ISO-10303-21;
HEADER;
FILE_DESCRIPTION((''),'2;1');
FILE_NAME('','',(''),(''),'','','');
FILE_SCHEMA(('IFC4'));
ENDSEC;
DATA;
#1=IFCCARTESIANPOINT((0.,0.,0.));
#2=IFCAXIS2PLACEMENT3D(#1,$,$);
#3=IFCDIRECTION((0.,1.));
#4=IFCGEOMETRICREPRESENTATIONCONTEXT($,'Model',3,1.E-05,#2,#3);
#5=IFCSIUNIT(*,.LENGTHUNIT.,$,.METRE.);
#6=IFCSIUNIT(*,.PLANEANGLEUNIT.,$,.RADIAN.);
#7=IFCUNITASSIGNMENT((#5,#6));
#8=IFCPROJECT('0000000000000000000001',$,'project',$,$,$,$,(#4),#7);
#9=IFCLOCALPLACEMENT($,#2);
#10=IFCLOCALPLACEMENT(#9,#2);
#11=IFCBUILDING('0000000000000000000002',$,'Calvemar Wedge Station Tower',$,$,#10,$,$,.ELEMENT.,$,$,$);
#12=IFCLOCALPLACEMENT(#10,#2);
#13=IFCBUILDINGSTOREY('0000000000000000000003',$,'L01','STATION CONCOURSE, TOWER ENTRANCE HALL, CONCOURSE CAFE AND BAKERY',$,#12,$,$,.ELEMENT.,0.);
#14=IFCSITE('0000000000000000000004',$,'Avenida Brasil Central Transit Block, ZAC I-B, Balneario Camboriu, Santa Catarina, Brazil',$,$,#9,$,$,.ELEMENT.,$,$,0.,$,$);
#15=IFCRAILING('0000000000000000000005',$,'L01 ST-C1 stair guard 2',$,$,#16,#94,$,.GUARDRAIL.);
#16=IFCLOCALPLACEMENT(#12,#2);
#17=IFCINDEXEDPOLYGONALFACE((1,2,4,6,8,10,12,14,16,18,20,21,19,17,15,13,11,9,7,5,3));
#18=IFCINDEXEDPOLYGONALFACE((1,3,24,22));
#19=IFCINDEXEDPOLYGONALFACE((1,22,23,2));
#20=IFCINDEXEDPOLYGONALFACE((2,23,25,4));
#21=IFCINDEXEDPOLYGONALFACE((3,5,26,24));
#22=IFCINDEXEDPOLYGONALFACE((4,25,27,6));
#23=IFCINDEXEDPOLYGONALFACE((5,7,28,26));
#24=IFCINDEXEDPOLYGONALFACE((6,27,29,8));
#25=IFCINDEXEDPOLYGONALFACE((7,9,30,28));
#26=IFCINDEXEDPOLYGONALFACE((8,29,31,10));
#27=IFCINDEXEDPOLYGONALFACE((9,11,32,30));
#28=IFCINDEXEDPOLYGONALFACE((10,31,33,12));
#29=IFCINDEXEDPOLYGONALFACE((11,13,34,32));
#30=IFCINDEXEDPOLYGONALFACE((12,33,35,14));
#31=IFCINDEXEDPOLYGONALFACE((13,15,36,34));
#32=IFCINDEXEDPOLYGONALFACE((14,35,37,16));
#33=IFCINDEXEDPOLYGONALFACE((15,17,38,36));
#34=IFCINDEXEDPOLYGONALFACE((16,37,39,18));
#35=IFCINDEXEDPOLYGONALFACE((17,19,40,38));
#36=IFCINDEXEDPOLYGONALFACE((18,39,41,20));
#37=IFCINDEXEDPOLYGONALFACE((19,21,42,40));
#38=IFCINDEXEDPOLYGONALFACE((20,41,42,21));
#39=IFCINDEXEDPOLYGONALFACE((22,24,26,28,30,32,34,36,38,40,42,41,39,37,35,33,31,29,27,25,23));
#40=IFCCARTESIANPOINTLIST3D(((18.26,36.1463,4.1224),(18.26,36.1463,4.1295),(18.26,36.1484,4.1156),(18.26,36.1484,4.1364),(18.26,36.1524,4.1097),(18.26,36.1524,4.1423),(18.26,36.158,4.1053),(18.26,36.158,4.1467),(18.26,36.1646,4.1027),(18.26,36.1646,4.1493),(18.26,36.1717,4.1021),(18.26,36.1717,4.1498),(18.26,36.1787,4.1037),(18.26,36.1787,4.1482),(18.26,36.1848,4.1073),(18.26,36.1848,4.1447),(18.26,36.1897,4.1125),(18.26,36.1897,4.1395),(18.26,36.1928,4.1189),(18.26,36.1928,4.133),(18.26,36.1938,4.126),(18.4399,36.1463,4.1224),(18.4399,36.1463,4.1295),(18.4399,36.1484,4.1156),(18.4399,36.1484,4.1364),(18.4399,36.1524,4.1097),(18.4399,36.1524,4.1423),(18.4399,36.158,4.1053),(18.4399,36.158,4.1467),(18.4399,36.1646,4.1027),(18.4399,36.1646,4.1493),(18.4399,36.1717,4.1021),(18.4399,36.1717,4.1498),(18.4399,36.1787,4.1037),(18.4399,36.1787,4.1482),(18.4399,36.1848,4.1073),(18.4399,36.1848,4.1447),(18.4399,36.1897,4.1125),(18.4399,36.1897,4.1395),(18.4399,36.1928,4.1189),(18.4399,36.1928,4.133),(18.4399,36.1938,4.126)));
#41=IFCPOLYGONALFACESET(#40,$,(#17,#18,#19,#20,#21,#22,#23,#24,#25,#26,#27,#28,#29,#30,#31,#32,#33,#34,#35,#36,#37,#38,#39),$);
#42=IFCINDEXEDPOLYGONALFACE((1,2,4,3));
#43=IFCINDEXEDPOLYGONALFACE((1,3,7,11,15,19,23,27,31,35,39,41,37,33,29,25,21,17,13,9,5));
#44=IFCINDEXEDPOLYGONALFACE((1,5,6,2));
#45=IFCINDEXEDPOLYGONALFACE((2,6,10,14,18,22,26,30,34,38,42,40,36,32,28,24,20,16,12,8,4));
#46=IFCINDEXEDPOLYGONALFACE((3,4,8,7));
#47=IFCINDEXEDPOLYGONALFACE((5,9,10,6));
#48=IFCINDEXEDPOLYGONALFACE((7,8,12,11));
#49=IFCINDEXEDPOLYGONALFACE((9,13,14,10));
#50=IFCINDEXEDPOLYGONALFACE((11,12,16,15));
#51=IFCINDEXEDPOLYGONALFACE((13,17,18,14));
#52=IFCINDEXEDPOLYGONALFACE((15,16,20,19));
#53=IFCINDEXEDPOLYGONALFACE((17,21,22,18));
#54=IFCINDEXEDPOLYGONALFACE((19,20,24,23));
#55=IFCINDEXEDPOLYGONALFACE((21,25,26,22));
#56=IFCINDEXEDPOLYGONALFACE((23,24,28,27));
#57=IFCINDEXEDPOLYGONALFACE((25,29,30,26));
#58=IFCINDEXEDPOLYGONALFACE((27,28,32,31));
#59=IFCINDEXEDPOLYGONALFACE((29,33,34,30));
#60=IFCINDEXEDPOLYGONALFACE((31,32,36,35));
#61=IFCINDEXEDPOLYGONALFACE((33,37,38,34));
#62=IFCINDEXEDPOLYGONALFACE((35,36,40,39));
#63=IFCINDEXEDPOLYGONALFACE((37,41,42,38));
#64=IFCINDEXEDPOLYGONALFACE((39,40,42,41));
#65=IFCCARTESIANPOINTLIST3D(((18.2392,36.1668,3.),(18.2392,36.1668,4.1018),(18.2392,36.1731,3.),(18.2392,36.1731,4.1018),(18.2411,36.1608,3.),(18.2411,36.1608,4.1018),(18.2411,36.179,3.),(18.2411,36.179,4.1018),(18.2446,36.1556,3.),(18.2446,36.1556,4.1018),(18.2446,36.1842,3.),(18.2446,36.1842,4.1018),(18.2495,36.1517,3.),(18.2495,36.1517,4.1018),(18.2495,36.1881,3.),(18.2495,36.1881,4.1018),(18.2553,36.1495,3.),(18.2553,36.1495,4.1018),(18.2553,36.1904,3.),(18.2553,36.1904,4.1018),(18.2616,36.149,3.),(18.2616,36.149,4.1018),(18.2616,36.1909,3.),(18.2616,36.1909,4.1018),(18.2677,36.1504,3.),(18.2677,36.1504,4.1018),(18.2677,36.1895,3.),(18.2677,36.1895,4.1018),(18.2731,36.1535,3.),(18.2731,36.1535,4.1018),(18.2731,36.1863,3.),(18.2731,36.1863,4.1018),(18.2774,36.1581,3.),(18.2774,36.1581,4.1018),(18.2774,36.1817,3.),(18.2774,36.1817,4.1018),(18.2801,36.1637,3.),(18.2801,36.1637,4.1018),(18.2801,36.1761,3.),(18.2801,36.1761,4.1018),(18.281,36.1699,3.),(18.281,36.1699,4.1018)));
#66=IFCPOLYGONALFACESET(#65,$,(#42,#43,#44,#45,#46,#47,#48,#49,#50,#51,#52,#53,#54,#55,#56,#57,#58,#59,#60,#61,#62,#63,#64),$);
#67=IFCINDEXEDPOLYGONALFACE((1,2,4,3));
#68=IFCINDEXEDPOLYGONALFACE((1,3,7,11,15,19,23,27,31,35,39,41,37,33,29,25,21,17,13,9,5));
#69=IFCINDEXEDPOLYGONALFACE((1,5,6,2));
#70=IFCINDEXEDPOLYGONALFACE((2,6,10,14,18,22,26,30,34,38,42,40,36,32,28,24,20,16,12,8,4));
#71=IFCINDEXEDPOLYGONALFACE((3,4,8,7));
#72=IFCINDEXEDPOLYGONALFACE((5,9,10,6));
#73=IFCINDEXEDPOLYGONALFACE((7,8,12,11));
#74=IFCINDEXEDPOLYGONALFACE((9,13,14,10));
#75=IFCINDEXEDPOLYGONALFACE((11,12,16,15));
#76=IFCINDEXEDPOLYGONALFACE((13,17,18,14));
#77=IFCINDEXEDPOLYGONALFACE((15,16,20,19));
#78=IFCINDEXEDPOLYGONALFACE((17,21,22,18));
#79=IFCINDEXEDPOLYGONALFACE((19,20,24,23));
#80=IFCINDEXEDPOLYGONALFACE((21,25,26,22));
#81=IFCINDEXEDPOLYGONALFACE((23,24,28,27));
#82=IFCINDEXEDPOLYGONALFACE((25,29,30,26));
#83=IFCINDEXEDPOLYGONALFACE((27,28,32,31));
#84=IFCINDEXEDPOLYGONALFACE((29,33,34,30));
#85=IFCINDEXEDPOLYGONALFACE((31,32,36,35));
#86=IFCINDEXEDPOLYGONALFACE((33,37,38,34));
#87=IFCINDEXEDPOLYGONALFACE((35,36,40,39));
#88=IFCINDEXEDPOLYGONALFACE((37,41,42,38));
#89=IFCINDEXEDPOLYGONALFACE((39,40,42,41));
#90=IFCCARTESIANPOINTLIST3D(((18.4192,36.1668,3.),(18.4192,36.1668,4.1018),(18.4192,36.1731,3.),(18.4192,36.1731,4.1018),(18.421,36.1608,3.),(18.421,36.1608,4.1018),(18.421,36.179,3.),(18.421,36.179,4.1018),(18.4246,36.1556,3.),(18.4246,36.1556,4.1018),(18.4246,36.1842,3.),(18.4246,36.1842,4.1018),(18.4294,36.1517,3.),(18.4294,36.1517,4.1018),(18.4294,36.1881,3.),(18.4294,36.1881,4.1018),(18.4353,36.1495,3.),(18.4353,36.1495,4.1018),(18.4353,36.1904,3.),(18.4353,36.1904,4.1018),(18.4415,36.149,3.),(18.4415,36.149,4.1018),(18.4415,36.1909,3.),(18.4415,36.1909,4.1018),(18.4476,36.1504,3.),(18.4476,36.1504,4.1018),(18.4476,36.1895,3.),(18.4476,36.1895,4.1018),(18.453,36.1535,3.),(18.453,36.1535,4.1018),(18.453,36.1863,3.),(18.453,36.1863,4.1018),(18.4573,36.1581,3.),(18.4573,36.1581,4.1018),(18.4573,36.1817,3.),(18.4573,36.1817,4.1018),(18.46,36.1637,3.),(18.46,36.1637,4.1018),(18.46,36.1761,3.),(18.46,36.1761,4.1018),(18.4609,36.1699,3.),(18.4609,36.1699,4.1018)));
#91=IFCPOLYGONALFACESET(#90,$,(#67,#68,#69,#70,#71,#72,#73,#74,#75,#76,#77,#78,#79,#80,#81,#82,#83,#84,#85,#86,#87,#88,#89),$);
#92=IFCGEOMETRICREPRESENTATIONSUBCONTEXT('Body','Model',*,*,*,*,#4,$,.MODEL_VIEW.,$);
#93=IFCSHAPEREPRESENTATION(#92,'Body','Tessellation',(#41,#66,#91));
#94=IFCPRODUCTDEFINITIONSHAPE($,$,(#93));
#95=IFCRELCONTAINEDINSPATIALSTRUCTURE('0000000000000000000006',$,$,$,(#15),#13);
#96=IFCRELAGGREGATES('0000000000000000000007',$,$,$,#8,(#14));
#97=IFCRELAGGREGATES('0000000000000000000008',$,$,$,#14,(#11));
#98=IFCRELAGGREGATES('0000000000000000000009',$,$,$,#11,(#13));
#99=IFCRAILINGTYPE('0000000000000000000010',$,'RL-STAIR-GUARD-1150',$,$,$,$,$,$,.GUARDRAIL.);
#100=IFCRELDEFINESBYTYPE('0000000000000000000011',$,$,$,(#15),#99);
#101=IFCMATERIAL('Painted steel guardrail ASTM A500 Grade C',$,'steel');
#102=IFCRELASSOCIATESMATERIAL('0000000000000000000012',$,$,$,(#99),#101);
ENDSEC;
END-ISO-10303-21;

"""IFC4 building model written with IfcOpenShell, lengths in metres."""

from ifc_helpers import new_model, si_unit, direction, frame, origin, origin_2d, place, context, subcontext, project, spatial, circle, extrude, material, type_object, element, save


model = new_model("IFC4")

# Units and contexts
model_context = context("Model", 3, precision=1e-05, world=origin(), true_north=direction((0.0, 1.0)))
body_context = subcontext(model_context, "Body", "Model", "MODEL_VIEW")
ifc_project = project(units=[si_unit("LENGTHUNIT", "METRE"), si_unit("PLANEANGLEUNIT", "RADIAN")], contexts=[model_context])

# Site, building, storey
site_placement = place(None, origin())
site = spatial("IfcSite", under=ifc_project, at=site_placement, Name="Avenida Brasil Central Transit Block, ZAC I-B, Balneario Camboriu, Santa Catarina, Brazil", CompositionType="ELEMENT", RefElevation=0.0)
building_placement = place(site_placement, origin())
building = spatial("IfcBuilding", under=site, at=building_placement, Name="Calvemar Wedge Station Tower", CompositionType="ELEMENT")
storey_placement = place(building_placement, origin())
storey = spatial("IfcBuildingStorey", under=building, at=storey_placement, Name="L01", Description="STATION CONCOURSE, TOWER ENTRANCE HALL, CONCOURSE CAFE AND BAKERY", CompositionType="ELEMENT", Elevation=0.0)

# Railing
ifc_material_1 = material(Name="Painted steel guardrail ASTM A500 Grade C", Category="steel")
railing_type_1 = type_object("IfcRailingType", Name="RL-STAIR-GUARD-1150", PredefinedType="GUARDRAIL", material=ifc_material_1)
railing_1_placement = place(storey_placement, frame((18.26, 36.1699, 3.0)))
element("IfcRailing", 1, at=railing_1_placement, inside=storey, type_object=railing_type_1, Name="L01 ST-C1 stair guard 2", PredefinedType="GUARDRAIL", context=body_context, shape_type="SweptSolid", body=[
    extrude(circle(Radius=0.0239, at=origin_2d()), frame((0.0, 0.0, 1.126), z_axis=(1.0, 0.0, 0.0), x_axis=(0.0, 1.0, 0.0)), (0.0, 0.0, 1.0), 0.1799),
    extrude(circle(Radius=0.021, at=origin_2d()), origin(), (0.0, 0.0, 1.0), 1.1018),
    extrude(circle(Radius=0.021, at=origin_2d()), frame((0.1799, 0.0, 0.0)), (0.0, 0.0, 1.0), 1.1018),
])

save(model, "model.ifc")
